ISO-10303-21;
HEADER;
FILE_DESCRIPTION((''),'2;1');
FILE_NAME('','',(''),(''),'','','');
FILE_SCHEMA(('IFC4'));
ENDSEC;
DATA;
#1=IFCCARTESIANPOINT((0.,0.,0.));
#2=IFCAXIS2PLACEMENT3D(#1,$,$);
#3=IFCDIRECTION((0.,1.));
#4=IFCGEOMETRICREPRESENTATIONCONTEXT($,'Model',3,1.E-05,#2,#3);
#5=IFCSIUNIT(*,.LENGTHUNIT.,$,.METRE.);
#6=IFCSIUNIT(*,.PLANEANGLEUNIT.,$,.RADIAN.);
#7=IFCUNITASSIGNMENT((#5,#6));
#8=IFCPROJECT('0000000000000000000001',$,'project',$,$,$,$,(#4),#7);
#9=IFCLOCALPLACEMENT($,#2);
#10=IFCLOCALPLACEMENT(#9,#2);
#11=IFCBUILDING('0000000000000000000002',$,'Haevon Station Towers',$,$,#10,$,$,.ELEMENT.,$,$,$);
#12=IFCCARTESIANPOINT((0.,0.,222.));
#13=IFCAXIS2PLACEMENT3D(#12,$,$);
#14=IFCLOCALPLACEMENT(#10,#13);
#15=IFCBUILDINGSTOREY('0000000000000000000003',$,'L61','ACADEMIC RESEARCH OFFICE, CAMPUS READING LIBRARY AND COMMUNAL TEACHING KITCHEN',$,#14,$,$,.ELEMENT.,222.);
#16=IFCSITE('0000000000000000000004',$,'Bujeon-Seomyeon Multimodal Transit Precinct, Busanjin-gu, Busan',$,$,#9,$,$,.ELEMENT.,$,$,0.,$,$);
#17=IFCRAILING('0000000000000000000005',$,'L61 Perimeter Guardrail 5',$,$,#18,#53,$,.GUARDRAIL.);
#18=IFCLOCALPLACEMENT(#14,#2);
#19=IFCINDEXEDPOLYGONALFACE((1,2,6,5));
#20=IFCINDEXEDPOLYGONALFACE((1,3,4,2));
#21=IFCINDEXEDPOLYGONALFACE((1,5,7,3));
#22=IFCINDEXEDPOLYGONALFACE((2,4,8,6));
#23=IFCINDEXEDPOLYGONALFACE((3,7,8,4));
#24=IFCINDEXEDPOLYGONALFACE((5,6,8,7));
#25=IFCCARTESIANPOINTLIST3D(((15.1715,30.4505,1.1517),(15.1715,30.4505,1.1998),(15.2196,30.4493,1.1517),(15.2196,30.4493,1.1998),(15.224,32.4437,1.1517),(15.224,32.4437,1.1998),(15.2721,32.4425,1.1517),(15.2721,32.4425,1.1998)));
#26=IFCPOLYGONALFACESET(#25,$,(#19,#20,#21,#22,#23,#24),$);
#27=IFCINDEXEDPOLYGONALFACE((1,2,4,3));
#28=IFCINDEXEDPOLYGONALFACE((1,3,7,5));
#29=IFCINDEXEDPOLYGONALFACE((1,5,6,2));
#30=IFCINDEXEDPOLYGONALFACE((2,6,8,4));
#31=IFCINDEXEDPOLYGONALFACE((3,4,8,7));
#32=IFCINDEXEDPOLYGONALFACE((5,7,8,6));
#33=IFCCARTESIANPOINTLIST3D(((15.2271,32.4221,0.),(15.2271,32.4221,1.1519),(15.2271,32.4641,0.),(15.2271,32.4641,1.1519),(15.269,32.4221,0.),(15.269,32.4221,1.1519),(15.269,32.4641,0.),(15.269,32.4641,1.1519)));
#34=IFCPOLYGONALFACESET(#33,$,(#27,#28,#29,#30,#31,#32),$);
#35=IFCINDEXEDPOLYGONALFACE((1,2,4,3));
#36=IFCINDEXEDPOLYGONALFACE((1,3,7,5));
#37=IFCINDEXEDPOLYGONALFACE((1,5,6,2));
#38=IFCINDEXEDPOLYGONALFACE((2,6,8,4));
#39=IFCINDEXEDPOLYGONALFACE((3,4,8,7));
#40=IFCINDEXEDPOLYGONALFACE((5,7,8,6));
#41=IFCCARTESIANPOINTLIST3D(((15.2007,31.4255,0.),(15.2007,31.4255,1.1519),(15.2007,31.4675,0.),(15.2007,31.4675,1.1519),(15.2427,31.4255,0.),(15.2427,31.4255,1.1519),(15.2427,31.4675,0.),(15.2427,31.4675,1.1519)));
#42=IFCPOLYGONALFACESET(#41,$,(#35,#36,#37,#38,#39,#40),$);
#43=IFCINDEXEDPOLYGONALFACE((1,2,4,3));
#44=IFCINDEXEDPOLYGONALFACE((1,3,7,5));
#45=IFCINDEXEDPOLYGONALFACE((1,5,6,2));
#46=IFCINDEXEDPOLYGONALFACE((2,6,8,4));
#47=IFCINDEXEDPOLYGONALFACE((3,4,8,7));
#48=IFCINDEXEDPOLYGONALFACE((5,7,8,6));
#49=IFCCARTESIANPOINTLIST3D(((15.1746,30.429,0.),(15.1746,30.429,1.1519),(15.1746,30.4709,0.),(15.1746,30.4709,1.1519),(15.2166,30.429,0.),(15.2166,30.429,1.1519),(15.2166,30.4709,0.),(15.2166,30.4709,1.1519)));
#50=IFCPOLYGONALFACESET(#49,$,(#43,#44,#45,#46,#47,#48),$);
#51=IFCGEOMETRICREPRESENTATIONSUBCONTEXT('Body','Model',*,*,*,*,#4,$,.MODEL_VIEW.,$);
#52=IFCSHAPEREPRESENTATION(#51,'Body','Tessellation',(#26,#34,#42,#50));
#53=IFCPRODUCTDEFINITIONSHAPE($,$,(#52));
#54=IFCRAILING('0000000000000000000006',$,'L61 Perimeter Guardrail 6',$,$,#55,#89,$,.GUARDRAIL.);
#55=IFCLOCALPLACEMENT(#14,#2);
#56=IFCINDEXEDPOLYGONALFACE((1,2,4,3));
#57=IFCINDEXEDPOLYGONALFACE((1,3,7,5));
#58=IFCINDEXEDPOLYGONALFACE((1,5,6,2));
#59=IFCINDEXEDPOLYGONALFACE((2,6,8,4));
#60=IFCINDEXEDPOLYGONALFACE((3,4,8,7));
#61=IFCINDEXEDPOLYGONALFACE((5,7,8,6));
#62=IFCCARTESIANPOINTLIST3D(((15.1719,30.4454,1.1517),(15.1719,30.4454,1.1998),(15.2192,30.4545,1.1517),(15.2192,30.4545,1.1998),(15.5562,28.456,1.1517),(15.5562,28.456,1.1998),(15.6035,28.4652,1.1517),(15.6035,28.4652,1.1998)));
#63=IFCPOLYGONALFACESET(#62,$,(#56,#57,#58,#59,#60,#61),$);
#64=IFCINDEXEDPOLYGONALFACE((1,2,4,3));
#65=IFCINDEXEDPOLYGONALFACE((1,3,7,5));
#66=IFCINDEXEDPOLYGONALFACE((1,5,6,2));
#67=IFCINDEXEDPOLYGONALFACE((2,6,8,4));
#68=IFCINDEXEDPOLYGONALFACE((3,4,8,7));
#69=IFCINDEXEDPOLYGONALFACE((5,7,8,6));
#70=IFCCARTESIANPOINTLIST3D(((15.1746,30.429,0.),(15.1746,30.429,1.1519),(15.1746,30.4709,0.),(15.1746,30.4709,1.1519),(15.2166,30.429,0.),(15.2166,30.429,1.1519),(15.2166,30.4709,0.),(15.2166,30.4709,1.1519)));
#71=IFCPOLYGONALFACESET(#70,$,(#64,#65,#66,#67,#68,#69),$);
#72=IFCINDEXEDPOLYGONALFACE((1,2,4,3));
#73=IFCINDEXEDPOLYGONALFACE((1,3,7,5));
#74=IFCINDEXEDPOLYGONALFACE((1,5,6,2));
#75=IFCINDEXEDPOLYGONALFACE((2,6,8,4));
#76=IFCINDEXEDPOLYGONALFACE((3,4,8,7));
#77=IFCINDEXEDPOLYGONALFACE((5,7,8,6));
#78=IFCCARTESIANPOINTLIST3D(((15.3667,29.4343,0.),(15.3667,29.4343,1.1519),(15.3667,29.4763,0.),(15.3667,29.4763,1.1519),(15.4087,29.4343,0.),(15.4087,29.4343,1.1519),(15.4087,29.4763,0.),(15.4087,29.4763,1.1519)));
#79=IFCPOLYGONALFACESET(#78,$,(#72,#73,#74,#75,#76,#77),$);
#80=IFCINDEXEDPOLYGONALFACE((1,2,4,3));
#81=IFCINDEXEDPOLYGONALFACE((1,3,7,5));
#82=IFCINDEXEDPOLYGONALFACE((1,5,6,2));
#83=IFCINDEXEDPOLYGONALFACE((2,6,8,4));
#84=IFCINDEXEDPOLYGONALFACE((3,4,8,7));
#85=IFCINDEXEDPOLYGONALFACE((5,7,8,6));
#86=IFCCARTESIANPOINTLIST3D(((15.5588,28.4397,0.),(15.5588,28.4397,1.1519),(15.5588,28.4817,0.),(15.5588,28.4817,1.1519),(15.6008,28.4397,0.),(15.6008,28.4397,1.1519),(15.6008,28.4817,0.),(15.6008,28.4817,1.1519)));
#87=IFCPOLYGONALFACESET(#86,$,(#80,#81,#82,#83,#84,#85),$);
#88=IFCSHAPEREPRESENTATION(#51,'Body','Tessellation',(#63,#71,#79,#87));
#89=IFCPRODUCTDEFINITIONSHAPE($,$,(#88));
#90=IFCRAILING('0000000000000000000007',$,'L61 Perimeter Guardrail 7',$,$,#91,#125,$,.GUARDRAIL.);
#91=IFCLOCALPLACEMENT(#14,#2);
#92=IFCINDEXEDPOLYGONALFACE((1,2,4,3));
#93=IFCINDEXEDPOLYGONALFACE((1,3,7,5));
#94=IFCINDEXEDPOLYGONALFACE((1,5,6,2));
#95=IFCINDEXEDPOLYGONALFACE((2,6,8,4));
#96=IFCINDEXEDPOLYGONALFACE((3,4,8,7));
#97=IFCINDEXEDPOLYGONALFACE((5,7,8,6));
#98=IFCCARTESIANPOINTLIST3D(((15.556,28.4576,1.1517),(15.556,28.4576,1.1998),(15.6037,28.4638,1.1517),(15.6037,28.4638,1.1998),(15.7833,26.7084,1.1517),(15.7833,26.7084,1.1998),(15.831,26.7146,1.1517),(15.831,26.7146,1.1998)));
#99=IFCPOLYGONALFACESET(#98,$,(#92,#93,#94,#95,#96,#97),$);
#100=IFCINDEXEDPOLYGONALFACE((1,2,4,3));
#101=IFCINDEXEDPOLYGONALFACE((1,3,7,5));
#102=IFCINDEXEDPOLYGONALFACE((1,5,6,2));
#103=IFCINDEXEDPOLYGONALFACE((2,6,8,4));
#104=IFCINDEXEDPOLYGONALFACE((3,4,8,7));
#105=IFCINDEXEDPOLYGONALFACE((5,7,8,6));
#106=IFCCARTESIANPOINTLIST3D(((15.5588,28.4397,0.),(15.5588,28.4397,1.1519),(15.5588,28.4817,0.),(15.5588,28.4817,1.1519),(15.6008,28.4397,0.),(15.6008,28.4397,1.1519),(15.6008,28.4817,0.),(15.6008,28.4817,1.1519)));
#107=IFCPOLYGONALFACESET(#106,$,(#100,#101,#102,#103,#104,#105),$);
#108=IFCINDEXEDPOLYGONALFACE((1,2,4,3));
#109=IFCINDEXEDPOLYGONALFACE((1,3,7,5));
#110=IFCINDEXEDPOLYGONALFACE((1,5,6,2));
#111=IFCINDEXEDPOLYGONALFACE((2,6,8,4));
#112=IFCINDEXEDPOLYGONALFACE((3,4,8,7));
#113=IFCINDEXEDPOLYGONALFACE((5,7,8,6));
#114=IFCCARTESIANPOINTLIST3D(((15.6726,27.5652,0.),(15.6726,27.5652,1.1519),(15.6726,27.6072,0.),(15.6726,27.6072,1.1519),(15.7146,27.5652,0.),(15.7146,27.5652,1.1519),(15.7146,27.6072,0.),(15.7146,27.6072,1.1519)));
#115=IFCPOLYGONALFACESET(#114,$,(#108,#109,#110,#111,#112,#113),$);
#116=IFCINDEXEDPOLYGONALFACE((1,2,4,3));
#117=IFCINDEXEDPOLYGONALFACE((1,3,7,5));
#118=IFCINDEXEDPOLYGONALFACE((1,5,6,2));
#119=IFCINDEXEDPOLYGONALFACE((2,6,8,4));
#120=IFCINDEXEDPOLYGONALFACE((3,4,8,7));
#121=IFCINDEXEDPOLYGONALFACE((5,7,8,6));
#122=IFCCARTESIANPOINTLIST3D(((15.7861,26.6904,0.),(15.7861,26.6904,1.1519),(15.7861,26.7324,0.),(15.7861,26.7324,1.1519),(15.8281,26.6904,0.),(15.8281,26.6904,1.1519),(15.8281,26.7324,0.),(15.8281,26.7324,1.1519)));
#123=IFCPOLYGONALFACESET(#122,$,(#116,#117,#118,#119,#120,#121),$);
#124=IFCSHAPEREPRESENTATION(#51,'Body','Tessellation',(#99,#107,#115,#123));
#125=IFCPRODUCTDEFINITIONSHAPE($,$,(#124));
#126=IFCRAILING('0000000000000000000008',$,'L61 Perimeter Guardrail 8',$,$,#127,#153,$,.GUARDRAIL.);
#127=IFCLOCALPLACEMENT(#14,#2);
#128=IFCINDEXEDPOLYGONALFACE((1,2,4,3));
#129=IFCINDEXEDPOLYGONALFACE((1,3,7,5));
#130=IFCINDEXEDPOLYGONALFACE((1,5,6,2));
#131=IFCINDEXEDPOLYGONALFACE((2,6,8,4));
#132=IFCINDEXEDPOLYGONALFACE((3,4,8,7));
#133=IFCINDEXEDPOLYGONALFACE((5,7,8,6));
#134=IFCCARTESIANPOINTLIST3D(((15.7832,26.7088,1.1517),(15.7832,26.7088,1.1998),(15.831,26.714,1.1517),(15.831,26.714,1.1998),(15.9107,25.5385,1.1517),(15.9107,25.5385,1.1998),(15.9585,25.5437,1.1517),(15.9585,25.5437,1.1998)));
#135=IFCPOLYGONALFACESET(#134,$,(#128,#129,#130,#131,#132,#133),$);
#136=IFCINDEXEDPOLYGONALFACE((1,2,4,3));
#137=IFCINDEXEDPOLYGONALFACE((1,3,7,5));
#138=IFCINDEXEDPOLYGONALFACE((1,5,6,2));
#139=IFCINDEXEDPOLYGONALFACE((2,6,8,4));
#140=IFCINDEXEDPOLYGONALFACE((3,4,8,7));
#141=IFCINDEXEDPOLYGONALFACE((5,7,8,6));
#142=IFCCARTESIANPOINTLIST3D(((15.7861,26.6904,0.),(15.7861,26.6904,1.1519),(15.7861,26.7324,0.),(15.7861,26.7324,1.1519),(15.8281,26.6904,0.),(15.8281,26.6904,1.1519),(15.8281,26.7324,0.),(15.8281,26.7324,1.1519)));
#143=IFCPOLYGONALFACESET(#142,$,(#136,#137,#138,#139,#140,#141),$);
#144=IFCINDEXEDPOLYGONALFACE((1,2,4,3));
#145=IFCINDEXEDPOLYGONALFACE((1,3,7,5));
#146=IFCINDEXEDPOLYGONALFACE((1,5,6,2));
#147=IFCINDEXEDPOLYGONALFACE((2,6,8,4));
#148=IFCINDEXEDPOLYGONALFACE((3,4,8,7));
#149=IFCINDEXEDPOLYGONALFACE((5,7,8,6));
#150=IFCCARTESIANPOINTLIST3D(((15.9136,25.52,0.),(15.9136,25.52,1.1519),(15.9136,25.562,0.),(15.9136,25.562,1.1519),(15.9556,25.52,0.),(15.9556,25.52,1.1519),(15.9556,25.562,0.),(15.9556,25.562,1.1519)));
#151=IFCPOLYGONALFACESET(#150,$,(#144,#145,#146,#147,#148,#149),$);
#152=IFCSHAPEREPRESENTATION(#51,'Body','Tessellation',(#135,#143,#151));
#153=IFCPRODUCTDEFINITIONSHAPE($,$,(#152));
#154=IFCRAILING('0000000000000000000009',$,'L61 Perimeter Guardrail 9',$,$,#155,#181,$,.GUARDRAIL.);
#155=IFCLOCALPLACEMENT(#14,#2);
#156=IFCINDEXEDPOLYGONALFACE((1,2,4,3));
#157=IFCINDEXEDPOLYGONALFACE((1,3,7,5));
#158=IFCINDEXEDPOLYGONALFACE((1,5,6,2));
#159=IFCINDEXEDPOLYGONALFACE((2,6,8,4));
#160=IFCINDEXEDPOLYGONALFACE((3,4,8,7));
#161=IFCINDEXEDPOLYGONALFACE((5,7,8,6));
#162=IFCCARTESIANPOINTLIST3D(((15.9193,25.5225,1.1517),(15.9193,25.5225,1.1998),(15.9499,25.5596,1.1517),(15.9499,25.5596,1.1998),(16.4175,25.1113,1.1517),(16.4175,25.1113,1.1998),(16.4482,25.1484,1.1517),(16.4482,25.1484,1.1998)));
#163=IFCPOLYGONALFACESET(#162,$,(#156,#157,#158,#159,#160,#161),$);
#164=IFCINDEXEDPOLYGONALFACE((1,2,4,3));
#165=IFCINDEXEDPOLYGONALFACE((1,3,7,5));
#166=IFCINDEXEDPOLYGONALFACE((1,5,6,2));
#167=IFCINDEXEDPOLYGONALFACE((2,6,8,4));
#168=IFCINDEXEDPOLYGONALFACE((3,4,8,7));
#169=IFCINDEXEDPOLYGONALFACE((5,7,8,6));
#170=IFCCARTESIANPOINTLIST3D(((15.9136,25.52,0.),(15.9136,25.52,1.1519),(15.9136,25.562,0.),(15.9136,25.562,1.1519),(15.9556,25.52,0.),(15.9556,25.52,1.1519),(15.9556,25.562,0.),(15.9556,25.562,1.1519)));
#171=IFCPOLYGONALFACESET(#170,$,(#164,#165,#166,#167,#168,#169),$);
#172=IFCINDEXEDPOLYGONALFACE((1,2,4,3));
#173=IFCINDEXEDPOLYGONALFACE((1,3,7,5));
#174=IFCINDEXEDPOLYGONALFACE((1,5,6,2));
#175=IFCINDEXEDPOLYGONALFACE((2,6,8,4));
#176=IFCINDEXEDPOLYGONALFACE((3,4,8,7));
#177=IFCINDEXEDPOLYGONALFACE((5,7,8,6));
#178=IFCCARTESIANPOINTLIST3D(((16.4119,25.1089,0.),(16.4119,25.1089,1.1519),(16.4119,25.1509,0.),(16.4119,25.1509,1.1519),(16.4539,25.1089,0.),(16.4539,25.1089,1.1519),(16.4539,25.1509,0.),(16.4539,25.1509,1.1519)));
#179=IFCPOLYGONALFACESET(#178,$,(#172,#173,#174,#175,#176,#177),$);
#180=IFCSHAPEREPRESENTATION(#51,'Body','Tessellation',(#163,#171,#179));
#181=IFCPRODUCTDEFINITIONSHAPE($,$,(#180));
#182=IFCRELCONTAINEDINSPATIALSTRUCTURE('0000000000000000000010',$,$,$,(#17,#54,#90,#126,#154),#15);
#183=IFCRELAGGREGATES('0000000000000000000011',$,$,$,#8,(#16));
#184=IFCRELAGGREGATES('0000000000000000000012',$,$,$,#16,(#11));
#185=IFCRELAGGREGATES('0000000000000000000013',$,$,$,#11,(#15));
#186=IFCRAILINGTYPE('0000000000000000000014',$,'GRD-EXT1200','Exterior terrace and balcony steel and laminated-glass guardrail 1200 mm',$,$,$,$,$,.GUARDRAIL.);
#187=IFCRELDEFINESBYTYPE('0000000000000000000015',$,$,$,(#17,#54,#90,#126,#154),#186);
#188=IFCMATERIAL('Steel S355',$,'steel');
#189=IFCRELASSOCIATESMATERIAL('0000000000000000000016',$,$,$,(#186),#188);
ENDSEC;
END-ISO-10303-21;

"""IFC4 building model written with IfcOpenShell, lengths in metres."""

from ifc_helpers import new_model, si_unit, direction, frame, origin, origin_2d, place, context, subcontext, project, spatial, rectangle, extrude, material, type_object, element, save


model = new_model("IFC4")

# Units and contexts
model_context = context("Model", 3, precision=1e-05, world=origin(), true_north=direction((0.0, 1.0)))
body_context = subcontext(model_context, "Body", "Model", "MODEL_VIEW")
ifc_project = project(units=[si_unit("LENGTHUNIT", "METRE"), si_unit("PLANEANGLEUNIT", "RADIAN")], contexts=[model_context])

# Site, building, storey
site_placement = place(None, origin())
site = spatial("IfcSite", under=ifc_project, at=site_placement, Name="Bujeon-Seomyeon Multimodal Transit Precinct, Busanjin-gu, Busan", CompositionType="ELEMENT", RefElevation=0.0)
building_placement = place(site_placement, origin())
building = spatial("IfcBuilding", under=site, at=building_placement, Name="Haevon Station Towers", CompositionType="ELEMENT")
storey_placement = place(building_placement, frame((0.0, 0.0, 222.0)))
storey = spatial("IfcBuildingStorey", under=building, at=storey_placement, Name="L61", Description="ACADEMIC RESEARCH OFFICE, CAMPUS READING LIBRARY AND COMMUNAL TEACHING KITCHEN", CompositionType="ELEMENT", Elevation=222.0)

# Shared definitions
ifc_material_1 = material(Name="Steel S355", Category="steel")

# Railings
railing_type = type_object("IfcRailingType", Name="GRD-EXT1200", Description="Exterior terrace and balcony steel and laminated-glass guardrail 1200 mm", PredefinedType="GUARDRAIL", material=ifc_material_1)
railing_1_placement = place(storey_placement, frame((15.248, 32.4431, 0.0)))
element("IfcRailing", 1, at=railing_1_placement, inside=storey, type_object=railing_type, Name="L61 Perimeter Guardrail 5", PredefinedType="GUARDRAIL", context=body_context, shape_type="SweptSolid", body=[
    extrude(rectangle(XDim=0.0481, YDim=0.0481, at=origin_2d()), frame((0.0, 0.0, 1.1758), z_axis=(-0.026326, -0.999653, 0.0), x_axis=(0.999653, -0.026326, 0.0)), (0.0, 0.0, 1.0), 1.9939),
    extrude(rectangle(XDim=0.042, YDim=0.042, at=origin_2d()), origin(), (0.0, 0.0, 1.0), 1.1519),
    extrude(rectangle(XDim=0.042, YDim=0.042, at=origin_2d()), frame((-0.0264, -0.9966, 0.0)), (0.0, 0.0, 1.0), 1.1519),
    extrude(rectangle(XDim=0.042, YDim=0.042, at=origin_2d()), frame((-0.0525, -1.9932, 0.0)), (0.0, 0.0, 1.0), 1.1519),
])
railing_2_placement = place(storey_placement, frame((15.1956, 30.45, 0.0)))
element("IfcRailing", 2, at=railing_2_placement, inside=storey, type_object=railing_type, Name="L61 Perimeter Guardrail 6", PredefinedType="GUARDRAIL", context=body_context, shape_type="SweptSolid", body=[
    extrude(rectangle(XDim=0.0481, YDim=0.0481, at=origin_2d()), frame((0.0, 0.0, 1.1758), z_axis=(0.18967, -0.981848, 0.0), x_axis=(0.981848, 0.18967, 0.0)), (0.0, 0.0, 1.0), 2.0261),
    extrude(rectangle(XDim=0.042, YDim=0.042, at=origin_2d()), origin(), (0.0, 0.0, 1.0), 1.1519),
    extrude(rectangle(XDim=0.042, YDim=0.042, at=origin_2d()), frame((0.1921, -0.9946, 0.0)), (0.0, 0.0, 1.0), 1.1519),
    extrude(rectangle(XDim=0.042, YDim=0.042, at=origin_2d()), frame((0.3843, -1.9893, 0.0)), (0.0, 0.0, 1.0), 1.1519),
])
railing_3_placement = place(storey_placement, frame((15.5798, 28.4607, 0.0)))
element("IfcRailing", 3, at=railing_3_placement, inside=storey, type_object=railing_type, Name="L61 Perimeter Guardrail 7", PredefinedType="GUARDRAIL", context=body_context, shape_type="SweptSolid", body=[
    extrude(rectangle(XDim=0.0481, YDim=0.0481, at=origin_2d()), frame((0.0, 0.0, 1.1758), z_axis=(0.128854, -0.991664, 0.0), x_axis=(0.991664, 0.128854, 0.0)), (0.0, 0.0, 1.0), 1.7639),
    extrude(rectangle(XDim=0.042, YDim=0.042, at=origin_2d()), origin(), (0.0, 0.0, 1.0), 1.1519),
    extrude(rectangle(XDim=0.042, YDim=0.042, at=origin_2d()), frame((0.1138, -0.8745, 0.0)), (0.0, 0.0, 1.0), 1.1519),
    extrude(rectangle(XDim=0.042, YDim=0.042, at=origin_2d()), frame((0.2273, -1.7493, 0.0)), (0.0, 0.0, 1.0), 1.1519),
])
railing_4_placement = place(storey_placement, frame((15.8071, 26.7114, 0.0)))
element("IfcRailing", 4, at=railing_4_placement, inside=storey, type_object=railing_type, Name="L61 Perimeter Guardrail 8", PredefinedType="GUARDRAIL", context=body_context, shape_type="SweptSolid", body=[
    extrude(rectangle(XDim=0.0481, YDim=0.0481, at=origin_2d()), frame((0.0, 0.0, 1.1758), z_axis=(0.108246, -0.994124, 0.0), x_axis=(0.994124, 0.108246, 0.0)), (0.0, 0.0, 1.0), 1.1772),
    extrude(rectangle(XDim=0.042, YDim=0.042, at=origin_2d()), origin(), (0.0, 0.0, 1.0), 1.1519),
    extrude(rectangle(XDim=0.042, YDim=0.042, at=origin_2d()), frame((0.1274, -1.1704, 0.0)), (0.0, 0.0, 1.0), 1.1519),
])
railing_5_placement = place(storey_placement, frame((15.9346, 25.541, 0.0)))
element("IfcRailing", 5, at=railing_5_placement, inside=storey, type_object=railing_type, Name="L61 Perimeter Guardrail 9", PredefinedType="GUARDRAIL", context=body_context, shape_type="SweptSolid", body=[
    extrude(rectangle(XDim=0.0481, YDim=0.0481, at=origin_2d()), frame((0.0, 0.0, 1.1758), z_axis=(0.771341, -0.636422, 0.0), x_axis=(0.636422, 0.771341, 0.0)), (0.0, 0.0, 1.0), 0.646),
    extrude(rectangle(XDim=0.042, YDim=0.042, at=origin_2d()), origin(), (0.0, 0.0, 1.0), 1.1519),
    extrude(rectangle(XDim=0.042, YDim=0.042, at=origin_2d()), frame((0.4983, -0.4111, 0.0)), (0.0, 0.0, 1.0), 1.1519),
])

save(model, "model.ifc")
